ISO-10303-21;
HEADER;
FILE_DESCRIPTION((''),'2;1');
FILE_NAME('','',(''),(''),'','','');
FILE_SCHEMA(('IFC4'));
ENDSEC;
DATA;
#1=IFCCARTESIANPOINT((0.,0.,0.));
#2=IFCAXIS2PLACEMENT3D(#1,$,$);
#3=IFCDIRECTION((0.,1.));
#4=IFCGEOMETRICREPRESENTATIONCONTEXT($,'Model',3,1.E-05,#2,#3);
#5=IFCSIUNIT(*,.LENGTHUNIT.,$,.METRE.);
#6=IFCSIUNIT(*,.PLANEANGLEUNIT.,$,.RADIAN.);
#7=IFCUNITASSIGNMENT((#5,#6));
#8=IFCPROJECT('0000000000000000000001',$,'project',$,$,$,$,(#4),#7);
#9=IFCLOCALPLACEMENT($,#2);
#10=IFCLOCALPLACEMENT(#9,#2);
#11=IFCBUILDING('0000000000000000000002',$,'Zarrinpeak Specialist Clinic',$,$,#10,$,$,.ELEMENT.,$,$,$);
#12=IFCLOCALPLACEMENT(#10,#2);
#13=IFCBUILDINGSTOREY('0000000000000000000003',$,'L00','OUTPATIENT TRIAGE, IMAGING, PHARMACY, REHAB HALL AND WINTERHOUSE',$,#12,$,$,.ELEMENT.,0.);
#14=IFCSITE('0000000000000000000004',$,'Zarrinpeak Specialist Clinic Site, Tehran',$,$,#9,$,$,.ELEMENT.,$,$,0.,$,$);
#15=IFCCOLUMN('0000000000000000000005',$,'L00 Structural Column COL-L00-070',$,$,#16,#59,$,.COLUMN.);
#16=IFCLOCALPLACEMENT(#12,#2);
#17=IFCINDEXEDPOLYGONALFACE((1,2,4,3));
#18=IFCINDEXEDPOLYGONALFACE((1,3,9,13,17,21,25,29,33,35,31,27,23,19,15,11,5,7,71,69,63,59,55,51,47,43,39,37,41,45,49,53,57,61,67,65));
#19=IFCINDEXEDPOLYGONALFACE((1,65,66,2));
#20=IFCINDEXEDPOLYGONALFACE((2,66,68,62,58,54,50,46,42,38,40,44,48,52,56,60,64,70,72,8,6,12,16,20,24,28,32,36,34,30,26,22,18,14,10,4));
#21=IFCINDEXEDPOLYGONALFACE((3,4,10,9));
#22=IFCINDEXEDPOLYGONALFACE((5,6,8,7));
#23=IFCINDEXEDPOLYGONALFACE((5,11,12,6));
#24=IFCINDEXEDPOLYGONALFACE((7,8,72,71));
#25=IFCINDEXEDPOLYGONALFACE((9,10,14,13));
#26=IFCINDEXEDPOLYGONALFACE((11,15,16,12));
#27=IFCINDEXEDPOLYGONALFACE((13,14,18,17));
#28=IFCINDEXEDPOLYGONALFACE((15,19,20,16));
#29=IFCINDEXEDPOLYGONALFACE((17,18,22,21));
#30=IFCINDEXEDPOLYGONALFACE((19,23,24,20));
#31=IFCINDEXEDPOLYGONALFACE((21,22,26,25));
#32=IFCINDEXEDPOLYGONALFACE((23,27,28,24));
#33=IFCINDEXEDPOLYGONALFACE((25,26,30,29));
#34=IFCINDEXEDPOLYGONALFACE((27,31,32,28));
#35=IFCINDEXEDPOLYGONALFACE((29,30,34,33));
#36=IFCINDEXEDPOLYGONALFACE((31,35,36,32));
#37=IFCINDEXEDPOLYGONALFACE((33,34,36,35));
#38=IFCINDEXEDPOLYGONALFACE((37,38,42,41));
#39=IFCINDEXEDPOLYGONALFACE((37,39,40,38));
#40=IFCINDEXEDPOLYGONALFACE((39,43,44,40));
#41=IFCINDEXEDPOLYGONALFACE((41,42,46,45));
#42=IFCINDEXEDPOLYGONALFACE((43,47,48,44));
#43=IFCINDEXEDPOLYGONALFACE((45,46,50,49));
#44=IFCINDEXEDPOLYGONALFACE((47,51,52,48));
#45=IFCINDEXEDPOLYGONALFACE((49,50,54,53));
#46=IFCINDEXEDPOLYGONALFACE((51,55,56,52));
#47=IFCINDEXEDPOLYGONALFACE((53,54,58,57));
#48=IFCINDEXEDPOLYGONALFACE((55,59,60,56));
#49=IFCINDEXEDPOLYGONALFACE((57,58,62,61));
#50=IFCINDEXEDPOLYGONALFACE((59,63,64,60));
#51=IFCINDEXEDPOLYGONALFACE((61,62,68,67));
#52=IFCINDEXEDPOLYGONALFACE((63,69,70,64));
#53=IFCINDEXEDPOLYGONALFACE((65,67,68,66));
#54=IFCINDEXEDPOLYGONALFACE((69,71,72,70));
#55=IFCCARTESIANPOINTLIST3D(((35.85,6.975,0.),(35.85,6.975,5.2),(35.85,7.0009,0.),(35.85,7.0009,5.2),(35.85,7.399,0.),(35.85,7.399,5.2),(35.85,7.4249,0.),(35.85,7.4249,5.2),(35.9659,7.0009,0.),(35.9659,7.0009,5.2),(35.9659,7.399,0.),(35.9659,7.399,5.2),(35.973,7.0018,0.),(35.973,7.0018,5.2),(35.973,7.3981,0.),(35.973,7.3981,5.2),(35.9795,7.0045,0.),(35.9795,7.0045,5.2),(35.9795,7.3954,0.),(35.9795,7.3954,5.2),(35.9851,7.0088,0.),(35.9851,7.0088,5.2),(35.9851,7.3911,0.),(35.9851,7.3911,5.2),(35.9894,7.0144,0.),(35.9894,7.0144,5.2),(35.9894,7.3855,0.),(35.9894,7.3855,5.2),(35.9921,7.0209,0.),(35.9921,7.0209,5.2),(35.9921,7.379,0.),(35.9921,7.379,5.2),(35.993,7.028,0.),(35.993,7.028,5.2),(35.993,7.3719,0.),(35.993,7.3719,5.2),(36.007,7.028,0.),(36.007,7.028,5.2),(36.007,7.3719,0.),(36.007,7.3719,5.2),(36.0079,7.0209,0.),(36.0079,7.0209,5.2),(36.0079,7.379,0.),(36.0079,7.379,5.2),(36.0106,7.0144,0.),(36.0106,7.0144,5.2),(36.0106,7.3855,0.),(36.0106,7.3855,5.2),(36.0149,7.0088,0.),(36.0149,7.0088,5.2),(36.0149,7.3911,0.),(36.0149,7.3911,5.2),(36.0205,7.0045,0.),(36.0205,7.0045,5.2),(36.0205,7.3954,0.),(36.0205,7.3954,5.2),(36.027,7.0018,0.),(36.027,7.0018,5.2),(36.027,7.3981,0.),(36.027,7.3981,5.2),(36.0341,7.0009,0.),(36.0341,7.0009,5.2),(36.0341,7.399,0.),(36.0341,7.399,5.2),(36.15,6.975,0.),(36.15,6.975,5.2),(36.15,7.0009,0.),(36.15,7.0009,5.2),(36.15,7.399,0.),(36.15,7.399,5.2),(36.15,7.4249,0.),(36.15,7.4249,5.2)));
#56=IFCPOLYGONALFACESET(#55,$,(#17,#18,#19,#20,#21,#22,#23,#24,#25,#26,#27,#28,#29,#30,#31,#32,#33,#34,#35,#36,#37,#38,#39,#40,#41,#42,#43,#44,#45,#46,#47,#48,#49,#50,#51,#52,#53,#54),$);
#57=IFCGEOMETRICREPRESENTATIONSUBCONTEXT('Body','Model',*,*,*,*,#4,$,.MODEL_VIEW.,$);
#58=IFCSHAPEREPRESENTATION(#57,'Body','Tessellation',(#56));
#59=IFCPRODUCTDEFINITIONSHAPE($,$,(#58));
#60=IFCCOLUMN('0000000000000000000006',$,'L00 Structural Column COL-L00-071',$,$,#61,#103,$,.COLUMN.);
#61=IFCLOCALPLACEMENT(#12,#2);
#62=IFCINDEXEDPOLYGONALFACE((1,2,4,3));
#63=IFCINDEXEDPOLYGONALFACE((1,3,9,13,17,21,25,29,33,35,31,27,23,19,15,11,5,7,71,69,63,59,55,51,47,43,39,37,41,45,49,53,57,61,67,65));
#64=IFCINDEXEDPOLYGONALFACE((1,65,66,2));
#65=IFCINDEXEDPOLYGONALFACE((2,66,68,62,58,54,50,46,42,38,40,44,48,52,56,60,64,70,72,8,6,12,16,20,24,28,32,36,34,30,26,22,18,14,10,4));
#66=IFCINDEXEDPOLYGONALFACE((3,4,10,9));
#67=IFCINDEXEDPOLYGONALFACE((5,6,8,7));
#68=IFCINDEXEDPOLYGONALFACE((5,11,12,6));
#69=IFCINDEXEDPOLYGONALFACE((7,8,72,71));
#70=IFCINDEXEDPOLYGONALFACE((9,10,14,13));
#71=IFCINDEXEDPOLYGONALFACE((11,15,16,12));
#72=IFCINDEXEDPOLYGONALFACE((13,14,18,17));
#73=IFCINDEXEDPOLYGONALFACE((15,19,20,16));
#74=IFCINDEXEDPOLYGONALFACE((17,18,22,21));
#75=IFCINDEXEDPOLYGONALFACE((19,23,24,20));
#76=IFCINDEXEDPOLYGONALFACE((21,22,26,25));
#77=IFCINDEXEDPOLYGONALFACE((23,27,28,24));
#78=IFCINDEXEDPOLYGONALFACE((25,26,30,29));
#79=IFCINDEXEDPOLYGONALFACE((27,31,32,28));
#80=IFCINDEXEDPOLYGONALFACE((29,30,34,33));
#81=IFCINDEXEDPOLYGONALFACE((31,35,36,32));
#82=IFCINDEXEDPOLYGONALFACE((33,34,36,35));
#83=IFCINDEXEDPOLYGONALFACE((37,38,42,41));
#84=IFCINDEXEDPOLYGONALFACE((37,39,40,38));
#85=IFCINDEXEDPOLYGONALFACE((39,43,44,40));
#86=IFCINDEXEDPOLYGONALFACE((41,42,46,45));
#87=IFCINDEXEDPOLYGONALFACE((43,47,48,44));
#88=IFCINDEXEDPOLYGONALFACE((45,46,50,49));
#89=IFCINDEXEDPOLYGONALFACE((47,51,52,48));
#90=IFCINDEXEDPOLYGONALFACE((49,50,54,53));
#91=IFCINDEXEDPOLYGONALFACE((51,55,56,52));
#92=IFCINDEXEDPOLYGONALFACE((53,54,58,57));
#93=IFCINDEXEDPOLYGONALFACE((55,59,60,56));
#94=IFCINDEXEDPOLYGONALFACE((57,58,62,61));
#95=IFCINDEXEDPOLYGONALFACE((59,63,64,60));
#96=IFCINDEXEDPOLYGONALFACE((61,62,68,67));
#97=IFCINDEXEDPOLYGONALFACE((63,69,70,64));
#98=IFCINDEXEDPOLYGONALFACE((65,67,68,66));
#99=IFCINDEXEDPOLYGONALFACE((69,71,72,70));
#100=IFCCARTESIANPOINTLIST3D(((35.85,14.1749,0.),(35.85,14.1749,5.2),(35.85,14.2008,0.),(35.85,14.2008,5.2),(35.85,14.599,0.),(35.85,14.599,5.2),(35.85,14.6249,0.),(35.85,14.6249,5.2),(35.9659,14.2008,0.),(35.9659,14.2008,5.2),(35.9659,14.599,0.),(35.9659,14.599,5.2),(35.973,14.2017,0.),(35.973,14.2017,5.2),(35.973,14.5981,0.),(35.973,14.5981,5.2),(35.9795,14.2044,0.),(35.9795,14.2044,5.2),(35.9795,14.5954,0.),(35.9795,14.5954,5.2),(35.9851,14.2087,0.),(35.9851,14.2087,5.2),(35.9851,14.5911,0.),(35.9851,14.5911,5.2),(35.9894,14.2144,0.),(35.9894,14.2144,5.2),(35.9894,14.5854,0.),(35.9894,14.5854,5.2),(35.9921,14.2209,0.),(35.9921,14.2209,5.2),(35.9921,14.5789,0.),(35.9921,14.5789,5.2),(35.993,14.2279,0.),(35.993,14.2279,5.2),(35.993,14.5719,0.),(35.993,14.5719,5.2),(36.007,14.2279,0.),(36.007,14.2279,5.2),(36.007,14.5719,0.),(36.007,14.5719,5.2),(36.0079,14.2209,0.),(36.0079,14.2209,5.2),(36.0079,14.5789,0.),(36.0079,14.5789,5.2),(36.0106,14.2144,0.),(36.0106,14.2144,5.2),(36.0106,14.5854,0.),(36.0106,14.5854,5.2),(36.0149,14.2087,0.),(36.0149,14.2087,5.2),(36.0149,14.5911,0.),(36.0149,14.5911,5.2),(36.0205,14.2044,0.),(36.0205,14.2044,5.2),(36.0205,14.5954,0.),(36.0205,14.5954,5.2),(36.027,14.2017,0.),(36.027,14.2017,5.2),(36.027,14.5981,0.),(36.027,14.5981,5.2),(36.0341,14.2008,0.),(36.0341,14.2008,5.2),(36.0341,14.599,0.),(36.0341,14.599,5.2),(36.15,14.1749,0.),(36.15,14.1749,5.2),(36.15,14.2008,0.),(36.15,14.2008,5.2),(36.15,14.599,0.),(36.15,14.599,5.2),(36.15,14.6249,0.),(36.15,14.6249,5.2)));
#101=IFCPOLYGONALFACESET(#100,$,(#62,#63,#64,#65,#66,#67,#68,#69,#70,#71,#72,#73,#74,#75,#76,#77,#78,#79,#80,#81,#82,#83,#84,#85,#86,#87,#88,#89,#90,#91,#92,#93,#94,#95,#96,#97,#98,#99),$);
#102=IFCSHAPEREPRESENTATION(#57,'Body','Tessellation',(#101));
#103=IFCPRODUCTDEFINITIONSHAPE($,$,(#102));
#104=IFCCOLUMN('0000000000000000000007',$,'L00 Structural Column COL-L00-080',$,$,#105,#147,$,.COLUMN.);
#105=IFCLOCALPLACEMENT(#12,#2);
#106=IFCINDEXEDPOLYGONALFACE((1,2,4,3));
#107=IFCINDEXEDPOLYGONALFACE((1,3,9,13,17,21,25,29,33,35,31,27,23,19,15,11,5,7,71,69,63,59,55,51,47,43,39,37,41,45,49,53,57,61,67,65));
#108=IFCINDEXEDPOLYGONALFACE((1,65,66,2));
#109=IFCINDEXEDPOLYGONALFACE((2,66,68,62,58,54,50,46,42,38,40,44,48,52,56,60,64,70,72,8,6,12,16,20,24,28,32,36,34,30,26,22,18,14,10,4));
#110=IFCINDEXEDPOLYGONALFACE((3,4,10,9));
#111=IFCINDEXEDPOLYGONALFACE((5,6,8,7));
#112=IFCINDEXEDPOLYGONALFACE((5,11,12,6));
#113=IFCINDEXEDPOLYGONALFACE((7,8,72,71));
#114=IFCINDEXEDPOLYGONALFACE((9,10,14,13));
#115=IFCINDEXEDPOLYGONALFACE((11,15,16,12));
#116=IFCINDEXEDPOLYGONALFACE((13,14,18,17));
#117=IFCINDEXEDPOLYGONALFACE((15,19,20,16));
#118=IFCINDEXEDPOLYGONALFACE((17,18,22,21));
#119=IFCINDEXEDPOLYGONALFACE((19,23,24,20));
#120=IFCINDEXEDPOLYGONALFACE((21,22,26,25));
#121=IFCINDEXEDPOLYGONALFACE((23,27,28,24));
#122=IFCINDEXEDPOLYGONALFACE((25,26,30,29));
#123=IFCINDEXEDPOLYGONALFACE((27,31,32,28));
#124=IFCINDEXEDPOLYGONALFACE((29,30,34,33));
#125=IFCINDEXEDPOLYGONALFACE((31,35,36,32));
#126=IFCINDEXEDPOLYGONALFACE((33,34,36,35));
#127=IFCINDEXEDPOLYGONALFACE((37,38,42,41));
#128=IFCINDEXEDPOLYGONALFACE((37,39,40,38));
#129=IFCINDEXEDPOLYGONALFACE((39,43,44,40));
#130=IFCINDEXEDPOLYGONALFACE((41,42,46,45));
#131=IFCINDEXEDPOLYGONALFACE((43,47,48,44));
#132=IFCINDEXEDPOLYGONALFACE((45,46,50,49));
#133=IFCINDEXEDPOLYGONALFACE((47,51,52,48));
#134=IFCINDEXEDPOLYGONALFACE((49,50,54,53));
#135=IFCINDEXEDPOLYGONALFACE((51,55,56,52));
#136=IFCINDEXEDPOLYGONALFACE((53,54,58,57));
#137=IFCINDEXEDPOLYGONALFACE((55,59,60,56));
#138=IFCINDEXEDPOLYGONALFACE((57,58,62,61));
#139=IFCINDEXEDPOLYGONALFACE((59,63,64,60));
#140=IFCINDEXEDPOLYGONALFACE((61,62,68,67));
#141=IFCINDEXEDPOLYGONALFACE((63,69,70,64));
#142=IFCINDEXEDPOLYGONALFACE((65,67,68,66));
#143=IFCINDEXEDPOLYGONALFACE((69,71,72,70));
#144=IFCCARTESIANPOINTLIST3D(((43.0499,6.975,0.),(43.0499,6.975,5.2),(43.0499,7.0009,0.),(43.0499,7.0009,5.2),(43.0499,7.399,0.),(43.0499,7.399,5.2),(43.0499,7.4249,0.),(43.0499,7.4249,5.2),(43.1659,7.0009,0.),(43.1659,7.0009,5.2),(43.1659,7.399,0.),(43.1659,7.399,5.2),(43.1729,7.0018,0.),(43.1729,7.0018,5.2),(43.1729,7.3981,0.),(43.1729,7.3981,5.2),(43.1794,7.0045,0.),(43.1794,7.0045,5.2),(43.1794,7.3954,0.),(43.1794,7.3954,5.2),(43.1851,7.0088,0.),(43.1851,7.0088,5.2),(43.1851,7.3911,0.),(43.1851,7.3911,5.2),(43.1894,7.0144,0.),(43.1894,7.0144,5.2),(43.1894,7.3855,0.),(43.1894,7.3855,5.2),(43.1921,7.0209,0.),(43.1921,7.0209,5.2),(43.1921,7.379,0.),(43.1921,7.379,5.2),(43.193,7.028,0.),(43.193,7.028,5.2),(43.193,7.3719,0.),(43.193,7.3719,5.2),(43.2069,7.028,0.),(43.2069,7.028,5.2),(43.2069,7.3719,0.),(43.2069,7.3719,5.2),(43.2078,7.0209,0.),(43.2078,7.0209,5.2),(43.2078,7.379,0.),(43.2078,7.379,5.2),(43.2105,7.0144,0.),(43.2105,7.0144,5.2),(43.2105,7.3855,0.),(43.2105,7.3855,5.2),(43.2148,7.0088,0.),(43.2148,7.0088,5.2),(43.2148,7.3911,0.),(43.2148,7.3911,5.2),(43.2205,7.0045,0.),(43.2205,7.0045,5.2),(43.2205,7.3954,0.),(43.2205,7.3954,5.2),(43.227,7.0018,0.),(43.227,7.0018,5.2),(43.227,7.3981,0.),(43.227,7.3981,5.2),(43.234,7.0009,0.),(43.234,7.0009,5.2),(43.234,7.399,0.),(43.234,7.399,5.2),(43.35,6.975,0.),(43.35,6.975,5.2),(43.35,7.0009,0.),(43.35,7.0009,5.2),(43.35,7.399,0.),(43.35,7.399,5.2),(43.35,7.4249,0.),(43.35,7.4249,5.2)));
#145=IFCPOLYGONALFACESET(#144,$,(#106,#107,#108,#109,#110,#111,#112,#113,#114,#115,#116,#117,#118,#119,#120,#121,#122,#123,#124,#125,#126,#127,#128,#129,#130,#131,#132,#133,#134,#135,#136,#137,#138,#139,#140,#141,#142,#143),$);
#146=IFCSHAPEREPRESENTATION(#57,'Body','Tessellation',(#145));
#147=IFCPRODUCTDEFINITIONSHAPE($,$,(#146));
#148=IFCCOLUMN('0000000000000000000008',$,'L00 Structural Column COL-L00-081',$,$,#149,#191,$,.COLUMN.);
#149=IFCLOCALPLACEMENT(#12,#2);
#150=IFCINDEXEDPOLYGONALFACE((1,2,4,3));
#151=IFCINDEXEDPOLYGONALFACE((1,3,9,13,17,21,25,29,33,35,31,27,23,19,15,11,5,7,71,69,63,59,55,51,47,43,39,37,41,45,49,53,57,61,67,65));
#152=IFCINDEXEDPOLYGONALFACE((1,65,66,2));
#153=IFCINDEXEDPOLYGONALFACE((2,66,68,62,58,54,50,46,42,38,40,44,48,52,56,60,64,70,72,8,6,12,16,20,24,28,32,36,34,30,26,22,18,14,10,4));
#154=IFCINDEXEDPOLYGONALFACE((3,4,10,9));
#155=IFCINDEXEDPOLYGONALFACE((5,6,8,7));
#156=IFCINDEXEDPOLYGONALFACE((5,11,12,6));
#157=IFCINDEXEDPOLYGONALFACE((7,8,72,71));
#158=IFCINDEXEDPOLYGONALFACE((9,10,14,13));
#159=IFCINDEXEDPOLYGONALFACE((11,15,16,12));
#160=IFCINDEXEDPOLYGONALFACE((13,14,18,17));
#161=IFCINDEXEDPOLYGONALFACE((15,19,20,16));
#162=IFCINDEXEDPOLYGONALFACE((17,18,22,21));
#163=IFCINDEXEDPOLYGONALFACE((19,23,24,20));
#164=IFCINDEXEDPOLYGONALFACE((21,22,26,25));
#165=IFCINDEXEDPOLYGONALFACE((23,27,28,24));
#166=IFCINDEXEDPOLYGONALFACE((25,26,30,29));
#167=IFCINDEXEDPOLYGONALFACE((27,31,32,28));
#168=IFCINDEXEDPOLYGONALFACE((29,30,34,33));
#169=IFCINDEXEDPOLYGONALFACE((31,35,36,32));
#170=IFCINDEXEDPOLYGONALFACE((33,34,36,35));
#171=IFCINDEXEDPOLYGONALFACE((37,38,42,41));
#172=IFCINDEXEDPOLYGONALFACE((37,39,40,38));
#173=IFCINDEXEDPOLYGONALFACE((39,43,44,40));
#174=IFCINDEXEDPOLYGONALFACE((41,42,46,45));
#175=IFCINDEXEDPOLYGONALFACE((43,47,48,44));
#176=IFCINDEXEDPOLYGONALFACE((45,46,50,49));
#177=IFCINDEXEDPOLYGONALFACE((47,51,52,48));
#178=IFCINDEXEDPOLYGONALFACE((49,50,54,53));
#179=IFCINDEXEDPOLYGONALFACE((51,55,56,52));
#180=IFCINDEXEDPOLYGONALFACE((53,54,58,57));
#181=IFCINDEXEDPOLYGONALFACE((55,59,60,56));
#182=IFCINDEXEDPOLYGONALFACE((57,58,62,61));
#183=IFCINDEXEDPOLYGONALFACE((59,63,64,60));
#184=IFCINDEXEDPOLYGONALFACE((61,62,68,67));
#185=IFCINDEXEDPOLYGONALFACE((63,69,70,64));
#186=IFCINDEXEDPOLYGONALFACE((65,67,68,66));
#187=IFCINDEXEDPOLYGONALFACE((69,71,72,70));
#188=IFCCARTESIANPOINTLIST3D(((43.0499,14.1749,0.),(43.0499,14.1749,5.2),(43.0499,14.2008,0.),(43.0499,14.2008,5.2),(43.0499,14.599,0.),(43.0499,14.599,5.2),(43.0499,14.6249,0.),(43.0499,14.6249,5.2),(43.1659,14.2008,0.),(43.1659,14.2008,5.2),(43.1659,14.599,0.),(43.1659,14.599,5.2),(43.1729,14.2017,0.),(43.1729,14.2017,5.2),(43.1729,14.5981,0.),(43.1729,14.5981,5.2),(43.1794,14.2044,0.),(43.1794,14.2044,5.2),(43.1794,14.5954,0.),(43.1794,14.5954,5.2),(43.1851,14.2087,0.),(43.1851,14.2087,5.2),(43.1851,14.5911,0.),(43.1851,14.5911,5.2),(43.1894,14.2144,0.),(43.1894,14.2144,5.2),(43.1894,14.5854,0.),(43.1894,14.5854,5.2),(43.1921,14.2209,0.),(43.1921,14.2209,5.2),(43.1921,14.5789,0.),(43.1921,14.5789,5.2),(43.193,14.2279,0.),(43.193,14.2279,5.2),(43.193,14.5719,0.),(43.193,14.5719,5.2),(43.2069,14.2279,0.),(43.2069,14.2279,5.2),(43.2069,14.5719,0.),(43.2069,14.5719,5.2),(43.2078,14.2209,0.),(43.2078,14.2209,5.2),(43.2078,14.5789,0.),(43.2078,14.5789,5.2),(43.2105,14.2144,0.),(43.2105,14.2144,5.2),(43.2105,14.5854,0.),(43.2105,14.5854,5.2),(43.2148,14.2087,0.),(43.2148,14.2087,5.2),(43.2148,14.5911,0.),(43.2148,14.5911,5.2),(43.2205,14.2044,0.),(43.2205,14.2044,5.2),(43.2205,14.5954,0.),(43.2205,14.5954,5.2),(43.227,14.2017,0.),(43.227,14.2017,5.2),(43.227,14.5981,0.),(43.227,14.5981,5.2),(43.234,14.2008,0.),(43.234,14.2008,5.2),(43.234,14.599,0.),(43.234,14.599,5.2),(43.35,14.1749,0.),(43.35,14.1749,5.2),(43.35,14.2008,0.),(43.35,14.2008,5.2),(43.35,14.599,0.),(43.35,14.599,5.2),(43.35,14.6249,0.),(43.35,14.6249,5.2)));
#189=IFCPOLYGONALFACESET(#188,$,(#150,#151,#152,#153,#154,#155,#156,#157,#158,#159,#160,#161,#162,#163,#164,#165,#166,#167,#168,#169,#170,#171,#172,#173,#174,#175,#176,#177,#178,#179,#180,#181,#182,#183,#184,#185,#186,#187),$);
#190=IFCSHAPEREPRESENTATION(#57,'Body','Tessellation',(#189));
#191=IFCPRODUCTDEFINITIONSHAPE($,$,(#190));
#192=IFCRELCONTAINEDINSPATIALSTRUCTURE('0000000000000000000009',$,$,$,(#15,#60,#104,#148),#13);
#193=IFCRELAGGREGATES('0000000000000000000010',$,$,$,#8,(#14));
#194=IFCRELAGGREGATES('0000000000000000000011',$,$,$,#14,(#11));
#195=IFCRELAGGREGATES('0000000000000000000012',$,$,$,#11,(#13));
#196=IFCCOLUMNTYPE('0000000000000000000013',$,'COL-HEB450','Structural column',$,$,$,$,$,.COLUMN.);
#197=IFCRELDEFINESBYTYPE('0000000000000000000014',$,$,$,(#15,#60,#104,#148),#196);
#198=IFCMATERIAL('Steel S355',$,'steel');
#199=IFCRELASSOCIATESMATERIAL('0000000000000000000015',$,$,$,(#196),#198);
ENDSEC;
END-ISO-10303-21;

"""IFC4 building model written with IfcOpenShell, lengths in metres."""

from ifc_helpers import new_model, si_unit, direction, frame, origin, origin_2d, place, context, subcontext, project, spatial, i_section, extrude, material, material_profile, profile_set, type_object, element, save


model = new_model("IFC4")

# Units and contexts
model_context = context("Model", 3, precision=1e-05, world=origin(), true_north=direction((0.0, 1.0)))
body_context = subcontext(model_context, "Body", "Model", "MODEL_VIEW")
ifc_project = project(units=[si_unit("LENGTHUNIT", "METRE"), si_unit("PLANEANGLEUNIT", "RADIAN")], contexts=[model_context])

# Site, building, storey
site_placement = place(None, origin())
site = spatial("IfcSite", under=ifc_project, at=site_placement, Name="Zarrinpeak Specialist Clinic Site, Tehran", CompositionType="ELEMENT", RefElevation=0.0)
building_placement = place(site_placement, origin())
building = spatial("IfcBuilding", under=site, at=building_placement, Name="Zarrinpeak Specialist Clinic", CompositionType="ELEMENT")
storey_placement = place(building_placement, origin())
storey = spatial("IfcBuildingStorey", under=building, at=storey_placement, Name="L00", Description="OUTPATIENT TRIAGE, IMAGING, PHARMACY, REHAB HALL AND WINTERHOUSE", CompositionType="ELEMENT", Elevation=0.0)

# Columns
ifc_material_1 = material(Name="Steel S355", Category="steel")
ifc_material_profile_1 = material_profile(ifc_material_1, i_section(OverallWidth=0.3, OverallDepth=0.45, WebThickness=0.0139, FlangeThickness=0.0259, FilletRadius=0.0271, at=origin_2d()), Name="HEB 450")
ifc_profile_set_1 = profile_set([ifc_material_profile_1], Name="Steel S355")
column_type = type_object("IfcColumnType", Name="COL-HEB450", Description="Structural column", PredefinedType="COLUMN", material=ifc_profile_set_1)
for number, where, z_axis, x_axis, name in (
    (1, (36.0, 7.2, 0.0), (0.0, 0.0, 1.0), (1.0, 0.0, 0.0), "L00 Structural Column COL-L00-070"),
    (2, (36.0, 14.3999, 0.0), (0.0, 0.0, 1.0), (1.0, 0.0, 0.0), "L00 Structural Column COL-L00-071"),
    (3, (43.2, 7.2, 0.0), (0.0, 0.0, 1.0), (1.0, 0.0, 0.0), "L00 Structural Column COL-L00-080"),
    (4, (43.2, 14.3999, 0.0), (0.0, 0.0, 1.0), (1.0, 0.0, 0.0), "L00 Structural Column COL-L00-081"),
):
    element("IfcColumn", number, at=place(storey_placement, frame(where, z_axis=z_axis, x_axis=x_axis)), inside=storey, type_object=column_type, Name=name, PredefinedType="COLUMN", context=body_context, shape_type="SweptSolid", body=[
        extrude(i_section(OverallWidth=0.3, OverallDepth=0.45, WebThickness=0.0139, FlangeThickness=0.0259, FilletRadius=0.0271, at=origin_2d()), origin(), (0.0, 0.0, 1.0), 5.2),
    ])

save(model, "model.ifc")
